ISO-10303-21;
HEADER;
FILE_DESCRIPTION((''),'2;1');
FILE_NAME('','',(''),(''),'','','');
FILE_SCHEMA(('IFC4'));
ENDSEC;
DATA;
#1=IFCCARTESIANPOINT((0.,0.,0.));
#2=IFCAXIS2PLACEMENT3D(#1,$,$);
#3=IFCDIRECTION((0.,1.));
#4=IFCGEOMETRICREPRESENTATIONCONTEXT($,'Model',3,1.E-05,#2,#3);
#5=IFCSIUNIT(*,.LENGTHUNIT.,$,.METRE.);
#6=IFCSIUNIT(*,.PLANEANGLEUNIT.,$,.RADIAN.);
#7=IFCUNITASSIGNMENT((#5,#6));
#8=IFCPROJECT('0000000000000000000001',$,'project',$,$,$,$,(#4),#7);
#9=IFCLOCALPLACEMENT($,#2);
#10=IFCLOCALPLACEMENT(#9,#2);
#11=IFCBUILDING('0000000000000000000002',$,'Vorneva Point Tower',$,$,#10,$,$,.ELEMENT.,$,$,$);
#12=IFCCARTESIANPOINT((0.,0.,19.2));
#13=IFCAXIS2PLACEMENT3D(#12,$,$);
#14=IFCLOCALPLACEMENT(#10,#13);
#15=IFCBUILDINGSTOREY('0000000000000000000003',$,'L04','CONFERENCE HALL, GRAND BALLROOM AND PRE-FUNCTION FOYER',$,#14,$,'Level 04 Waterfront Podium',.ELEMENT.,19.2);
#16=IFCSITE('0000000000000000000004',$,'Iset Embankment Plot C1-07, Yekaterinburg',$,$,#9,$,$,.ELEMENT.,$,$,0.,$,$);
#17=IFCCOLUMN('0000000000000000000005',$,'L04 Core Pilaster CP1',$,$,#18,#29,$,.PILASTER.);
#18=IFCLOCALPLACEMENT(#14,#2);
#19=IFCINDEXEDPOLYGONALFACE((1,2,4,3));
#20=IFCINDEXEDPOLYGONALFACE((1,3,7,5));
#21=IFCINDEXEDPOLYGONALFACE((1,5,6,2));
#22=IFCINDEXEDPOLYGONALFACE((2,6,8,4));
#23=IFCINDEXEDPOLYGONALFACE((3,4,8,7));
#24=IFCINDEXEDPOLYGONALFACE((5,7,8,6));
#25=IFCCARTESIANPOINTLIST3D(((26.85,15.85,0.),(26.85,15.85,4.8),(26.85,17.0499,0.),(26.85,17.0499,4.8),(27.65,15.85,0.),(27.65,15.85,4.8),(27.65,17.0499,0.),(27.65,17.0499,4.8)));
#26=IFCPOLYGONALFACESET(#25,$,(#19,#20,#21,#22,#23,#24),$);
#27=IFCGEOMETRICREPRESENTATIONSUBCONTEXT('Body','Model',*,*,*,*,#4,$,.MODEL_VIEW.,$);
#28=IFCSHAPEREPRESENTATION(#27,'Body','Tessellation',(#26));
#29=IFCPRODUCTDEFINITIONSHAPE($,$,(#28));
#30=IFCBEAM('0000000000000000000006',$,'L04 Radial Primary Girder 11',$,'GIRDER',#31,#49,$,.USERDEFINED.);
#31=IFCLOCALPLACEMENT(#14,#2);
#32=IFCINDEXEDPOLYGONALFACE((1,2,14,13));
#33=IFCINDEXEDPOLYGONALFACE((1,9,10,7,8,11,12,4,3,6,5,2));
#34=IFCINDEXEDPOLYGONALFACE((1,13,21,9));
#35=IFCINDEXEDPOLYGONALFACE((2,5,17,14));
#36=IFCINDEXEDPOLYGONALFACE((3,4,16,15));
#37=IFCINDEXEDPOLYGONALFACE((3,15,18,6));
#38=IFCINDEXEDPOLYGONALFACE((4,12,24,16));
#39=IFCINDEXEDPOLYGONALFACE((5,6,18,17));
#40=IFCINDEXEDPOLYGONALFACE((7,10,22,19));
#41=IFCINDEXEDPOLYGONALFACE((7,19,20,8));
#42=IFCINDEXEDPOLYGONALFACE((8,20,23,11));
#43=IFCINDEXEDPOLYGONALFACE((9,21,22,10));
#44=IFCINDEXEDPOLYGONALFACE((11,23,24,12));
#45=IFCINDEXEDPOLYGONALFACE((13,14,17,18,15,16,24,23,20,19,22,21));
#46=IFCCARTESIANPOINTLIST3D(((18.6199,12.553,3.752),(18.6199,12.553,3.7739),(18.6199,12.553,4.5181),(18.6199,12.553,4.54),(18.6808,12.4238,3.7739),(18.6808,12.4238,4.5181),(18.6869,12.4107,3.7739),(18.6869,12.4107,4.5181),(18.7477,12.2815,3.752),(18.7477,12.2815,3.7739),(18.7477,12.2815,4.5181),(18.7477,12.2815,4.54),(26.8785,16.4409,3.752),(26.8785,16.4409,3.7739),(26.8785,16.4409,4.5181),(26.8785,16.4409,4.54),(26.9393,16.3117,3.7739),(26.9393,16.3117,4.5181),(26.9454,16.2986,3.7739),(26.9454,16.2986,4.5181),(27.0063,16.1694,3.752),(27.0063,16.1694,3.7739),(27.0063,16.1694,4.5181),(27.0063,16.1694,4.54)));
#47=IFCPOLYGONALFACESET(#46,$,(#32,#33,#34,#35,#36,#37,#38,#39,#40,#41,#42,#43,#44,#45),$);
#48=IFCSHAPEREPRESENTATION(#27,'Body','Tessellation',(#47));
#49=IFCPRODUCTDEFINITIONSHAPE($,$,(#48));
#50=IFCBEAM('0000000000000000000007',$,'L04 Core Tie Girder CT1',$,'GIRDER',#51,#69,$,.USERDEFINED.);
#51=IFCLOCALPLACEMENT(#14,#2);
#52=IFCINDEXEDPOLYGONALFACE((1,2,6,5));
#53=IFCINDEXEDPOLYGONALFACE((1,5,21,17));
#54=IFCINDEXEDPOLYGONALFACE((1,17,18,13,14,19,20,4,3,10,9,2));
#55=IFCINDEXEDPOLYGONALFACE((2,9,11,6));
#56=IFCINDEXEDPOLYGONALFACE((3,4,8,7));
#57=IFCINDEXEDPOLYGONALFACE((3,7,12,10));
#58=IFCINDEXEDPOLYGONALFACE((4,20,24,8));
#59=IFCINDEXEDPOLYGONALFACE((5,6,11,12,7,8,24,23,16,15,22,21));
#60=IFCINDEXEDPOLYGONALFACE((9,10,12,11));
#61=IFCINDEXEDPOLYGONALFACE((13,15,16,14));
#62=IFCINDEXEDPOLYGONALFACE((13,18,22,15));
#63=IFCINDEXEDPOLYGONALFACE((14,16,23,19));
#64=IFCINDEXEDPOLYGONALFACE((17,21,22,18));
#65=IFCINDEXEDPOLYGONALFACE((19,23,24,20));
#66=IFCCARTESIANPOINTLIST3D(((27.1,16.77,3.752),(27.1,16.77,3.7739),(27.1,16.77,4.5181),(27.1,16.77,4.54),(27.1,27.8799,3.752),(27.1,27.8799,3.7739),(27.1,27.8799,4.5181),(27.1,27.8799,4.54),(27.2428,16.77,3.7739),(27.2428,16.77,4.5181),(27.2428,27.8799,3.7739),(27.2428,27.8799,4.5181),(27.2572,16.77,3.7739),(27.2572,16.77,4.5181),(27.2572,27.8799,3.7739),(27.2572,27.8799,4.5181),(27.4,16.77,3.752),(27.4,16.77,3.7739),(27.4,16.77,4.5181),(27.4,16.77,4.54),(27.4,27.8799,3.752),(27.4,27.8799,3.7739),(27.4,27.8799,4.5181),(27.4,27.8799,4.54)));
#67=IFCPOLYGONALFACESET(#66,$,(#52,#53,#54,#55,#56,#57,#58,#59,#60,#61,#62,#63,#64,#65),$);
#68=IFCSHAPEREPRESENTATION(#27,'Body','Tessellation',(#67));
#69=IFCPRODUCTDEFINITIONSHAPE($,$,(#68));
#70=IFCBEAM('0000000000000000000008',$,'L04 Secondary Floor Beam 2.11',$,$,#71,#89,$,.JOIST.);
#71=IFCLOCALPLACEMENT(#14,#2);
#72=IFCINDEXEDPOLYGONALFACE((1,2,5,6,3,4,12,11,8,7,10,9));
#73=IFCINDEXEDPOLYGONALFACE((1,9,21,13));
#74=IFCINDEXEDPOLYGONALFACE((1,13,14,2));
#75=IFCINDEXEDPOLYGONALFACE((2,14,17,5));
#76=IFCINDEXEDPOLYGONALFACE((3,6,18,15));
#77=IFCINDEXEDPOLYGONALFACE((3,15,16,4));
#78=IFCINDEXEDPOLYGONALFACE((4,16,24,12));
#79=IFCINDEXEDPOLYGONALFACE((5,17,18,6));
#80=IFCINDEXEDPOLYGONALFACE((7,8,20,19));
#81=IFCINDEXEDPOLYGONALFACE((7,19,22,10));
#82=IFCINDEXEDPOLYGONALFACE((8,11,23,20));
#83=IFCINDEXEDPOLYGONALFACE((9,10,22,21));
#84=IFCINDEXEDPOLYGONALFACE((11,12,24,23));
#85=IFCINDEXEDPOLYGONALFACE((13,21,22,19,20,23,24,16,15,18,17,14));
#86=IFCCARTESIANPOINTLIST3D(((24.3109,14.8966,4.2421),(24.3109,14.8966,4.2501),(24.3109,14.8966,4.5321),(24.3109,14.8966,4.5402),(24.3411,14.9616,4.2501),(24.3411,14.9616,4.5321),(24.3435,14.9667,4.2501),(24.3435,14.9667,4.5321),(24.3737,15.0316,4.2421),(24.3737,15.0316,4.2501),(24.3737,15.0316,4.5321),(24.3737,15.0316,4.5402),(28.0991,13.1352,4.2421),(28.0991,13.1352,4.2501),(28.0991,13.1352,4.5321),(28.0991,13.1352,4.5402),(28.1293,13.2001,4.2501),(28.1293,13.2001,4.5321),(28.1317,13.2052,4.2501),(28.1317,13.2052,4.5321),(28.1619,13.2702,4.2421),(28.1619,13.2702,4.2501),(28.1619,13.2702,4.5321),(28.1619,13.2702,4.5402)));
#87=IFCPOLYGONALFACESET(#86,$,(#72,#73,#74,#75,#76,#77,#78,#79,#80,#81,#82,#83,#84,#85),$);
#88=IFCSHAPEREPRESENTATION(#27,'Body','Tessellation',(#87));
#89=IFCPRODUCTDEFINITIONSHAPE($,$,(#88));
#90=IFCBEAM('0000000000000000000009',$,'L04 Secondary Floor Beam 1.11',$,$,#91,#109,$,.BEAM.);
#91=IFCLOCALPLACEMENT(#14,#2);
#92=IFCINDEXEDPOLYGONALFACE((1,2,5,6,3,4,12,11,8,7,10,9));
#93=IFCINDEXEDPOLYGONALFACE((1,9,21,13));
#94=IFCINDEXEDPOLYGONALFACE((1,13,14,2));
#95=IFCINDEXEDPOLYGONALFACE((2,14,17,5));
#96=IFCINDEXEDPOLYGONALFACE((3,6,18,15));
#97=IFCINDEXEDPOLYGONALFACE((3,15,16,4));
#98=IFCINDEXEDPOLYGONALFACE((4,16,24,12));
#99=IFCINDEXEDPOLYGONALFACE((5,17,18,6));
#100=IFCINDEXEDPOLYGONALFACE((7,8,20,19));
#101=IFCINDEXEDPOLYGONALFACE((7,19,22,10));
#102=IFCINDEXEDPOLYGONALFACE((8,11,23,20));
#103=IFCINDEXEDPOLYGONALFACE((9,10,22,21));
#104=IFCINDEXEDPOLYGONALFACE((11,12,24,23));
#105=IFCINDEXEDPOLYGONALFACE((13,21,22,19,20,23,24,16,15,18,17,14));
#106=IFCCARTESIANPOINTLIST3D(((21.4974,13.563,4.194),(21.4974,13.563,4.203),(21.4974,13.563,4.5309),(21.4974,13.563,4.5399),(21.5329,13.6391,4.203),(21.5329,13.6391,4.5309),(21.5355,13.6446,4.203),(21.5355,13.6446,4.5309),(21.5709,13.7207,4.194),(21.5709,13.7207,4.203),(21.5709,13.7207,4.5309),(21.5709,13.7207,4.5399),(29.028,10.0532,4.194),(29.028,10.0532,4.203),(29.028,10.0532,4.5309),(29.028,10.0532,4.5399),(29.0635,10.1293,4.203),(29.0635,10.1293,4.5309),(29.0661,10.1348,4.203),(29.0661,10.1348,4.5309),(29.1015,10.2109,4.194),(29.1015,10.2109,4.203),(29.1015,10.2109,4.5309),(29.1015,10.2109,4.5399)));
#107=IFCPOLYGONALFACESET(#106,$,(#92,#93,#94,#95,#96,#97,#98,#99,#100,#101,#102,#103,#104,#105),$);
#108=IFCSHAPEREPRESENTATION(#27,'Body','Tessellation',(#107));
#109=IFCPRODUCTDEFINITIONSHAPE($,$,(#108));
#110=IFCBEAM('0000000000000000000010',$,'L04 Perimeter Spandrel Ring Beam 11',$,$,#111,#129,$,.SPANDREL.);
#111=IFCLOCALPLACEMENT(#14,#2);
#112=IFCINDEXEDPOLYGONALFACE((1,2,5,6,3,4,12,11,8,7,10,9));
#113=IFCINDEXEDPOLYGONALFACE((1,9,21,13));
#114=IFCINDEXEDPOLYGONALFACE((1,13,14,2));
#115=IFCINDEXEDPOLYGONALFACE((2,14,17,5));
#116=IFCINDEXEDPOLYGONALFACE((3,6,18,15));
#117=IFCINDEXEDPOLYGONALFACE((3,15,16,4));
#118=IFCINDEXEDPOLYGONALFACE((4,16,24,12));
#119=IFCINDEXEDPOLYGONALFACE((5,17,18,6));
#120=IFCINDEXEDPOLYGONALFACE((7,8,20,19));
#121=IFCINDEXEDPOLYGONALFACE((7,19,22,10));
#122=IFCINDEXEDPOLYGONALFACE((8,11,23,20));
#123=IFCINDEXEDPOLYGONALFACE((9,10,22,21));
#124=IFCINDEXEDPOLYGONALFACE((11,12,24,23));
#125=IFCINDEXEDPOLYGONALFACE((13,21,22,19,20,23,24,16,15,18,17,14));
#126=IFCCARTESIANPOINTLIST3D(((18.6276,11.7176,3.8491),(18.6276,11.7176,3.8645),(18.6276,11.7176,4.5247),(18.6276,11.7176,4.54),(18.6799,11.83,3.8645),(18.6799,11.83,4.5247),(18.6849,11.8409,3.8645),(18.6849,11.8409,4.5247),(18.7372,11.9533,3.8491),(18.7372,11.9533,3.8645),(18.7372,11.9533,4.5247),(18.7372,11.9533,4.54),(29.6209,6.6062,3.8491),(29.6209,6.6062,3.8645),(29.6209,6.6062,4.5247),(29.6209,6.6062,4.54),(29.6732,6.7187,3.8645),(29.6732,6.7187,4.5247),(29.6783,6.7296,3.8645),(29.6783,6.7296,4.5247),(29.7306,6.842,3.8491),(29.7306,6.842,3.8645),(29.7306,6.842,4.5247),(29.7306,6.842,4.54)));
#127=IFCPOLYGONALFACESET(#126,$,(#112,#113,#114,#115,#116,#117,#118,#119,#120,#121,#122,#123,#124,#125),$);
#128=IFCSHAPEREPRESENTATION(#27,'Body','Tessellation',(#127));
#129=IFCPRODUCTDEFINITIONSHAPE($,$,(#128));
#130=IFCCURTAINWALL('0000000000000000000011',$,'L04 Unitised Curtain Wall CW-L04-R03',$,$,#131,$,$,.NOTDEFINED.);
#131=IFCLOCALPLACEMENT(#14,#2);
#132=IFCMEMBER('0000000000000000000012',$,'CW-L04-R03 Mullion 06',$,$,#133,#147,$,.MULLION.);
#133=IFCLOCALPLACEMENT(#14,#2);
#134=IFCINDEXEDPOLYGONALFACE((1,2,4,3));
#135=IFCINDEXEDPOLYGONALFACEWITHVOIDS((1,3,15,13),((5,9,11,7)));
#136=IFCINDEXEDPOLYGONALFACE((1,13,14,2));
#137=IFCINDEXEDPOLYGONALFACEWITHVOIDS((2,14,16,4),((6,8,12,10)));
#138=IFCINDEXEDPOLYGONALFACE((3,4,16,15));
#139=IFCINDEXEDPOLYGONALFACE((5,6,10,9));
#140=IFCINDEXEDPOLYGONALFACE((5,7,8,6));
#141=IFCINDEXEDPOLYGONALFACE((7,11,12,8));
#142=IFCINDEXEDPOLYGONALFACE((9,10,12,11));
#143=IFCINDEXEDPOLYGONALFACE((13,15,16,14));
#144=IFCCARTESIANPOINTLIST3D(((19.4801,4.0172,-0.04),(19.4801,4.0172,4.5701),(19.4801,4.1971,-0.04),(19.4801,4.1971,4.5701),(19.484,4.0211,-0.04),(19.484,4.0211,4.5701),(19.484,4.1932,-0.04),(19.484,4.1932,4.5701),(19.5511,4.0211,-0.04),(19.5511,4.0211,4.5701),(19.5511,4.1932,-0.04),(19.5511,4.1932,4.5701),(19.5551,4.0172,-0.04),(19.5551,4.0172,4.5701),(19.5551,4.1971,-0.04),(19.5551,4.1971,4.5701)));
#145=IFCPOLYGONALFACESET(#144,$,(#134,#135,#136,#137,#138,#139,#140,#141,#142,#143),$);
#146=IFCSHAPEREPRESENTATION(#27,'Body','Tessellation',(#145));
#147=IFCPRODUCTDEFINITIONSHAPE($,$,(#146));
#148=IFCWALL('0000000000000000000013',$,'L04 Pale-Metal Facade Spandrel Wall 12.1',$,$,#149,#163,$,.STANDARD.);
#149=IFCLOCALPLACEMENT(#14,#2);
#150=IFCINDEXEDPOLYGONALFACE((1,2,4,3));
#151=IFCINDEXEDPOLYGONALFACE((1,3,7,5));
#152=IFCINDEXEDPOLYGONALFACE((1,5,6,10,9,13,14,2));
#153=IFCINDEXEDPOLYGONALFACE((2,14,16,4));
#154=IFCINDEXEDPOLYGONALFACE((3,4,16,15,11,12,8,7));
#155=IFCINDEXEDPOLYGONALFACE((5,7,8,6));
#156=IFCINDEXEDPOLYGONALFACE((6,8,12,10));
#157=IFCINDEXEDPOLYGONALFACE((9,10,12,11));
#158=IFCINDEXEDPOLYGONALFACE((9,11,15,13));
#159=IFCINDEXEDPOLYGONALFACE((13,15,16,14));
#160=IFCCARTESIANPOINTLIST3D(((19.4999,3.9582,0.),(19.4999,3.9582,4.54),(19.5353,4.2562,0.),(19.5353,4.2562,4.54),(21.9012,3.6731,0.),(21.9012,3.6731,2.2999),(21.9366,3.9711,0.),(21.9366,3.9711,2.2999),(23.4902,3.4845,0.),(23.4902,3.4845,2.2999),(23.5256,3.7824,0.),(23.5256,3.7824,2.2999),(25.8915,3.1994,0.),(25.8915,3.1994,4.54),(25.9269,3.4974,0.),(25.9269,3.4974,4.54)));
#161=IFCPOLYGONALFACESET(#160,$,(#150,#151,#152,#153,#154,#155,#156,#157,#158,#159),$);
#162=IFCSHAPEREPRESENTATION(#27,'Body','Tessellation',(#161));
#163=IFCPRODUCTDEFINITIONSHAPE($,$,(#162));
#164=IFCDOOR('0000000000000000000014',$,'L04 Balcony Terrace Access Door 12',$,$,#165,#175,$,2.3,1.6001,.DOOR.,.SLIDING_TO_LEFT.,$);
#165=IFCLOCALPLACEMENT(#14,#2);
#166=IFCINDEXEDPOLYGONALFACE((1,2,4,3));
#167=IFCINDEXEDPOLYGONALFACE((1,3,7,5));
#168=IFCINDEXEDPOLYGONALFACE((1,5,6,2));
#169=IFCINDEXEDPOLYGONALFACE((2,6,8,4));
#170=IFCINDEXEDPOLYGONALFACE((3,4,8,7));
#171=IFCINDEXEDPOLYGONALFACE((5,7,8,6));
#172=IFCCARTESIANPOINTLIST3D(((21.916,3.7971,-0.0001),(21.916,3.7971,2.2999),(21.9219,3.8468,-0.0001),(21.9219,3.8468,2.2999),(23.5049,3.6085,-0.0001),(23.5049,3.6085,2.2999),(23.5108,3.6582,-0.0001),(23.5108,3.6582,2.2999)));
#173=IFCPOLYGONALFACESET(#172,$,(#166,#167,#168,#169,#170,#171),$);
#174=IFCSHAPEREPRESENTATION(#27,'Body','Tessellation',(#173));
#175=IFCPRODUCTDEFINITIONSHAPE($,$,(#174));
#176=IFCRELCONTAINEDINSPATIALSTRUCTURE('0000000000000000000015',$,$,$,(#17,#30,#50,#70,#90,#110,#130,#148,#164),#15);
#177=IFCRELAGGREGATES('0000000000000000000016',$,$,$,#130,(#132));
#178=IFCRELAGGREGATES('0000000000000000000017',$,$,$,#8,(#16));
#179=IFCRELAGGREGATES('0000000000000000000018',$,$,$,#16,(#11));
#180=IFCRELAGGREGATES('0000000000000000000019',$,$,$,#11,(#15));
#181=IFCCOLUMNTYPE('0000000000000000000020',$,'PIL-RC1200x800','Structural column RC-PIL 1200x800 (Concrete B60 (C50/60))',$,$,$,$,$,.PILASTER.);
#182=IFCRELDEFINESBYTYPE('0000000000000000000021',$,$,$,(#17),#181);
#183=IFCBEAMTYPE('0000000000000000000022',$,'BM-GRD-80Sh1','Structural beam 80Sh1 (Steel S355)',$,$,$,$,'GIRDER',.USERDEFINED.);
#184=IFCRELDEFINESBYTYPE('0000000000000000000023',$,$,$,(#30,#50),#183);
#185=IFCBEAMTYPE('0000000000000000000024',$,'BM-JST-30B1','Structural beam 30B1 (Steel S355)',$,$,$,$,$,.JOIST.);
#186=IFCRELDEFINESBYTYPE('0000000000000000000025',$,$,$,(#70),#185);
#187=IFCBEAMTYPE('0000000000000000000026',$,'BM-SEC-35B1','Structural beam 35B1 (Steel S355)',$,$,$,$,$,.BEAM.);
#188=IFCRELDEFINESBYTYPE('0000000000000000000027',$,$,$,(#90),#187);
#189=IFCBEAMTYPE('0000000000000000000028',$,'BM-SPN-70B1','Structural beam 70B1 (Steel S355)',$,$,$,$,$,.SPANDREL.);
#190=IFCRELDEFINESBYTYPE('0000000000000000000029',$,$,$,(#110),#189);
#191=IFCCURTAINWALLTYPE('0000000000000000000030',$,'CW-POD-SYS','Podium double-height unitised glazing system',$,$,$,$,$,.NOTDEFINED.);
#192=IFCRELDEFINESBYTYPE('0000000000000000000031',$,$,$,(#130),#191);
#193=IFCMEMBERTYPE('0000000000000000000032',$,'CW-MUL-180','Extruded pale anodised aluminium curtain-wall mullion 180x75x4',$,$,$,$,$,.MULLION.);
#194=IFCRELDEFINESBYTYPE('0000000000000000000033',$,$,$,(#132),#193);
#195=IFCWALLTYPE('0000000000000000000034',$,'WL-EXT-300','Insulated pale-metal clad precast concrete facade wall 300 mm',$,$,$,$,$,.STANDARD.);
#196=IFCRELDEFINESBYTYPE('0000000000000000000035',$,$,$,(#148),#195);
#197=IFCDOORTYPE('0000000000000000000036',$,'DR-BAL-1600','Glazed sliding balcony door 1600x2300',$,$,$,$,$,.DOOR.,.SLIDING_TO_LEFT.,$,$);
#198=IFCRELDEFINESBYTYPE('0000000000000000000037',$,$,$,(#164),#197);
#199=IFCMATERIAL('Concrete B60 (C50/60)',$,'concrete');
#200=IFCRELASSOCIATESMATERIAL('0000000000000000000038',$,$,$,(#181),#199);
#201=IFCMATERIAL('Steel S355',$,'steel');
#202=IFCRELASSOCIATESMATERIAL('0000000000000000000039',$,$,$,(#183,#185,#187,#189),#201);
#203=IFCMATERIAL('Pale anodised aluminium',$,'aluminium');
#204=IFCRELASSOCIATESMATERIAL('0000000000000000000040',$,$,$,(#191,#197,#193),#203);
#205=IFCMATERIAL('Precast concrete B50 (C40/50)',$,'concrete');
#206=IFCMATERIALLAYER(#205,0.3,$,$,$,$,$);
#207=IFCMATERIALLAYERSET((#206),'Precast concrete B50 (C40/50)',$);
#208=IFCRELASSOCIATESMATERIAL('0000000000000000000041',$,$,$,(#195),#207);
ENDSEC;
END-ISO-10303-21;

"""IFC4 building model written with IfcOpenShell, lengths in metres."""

from ifc_helpers import new_model, si_unit, direction, frame, frame_2d, origin, origin_2d, place, context, subcontext, project, spatial, rectangle, hollow_rectangle, i_section, extrude, material, layer, layer_set, material_profile, profile_set, type_object, element, fill, aggregate, save


model = new_model("IFC4")

# Units and contexts
model_context = context("Model", 3, precision=1e-05, world=origin(), true_north=direction((0.0, 1.0)))
body_context = subcontext(model_context, "Body", "Model", "MODEL_VIEW")
ifc_project = project(units=[si_unit("LENGTHUNIT", "METRE"), si_unit("PLANEANGLEUNIT", "RADIAN")], contexts=[model_context])

# Site, building, storey
site_placement = place(None, origin())
site = spatial("IfcSite", under=ifc_project, at=site_placement, Name="Iset Embankment Plot C1-07, Yekaterinburg", CompositionType="ELEMENT", RefElevation=0.0)
building_placement = place(site_placement, origin())
building = spatial("IfcBuilding", under=site, at=building_placement, Name="Vorneva Point Tower", CompositionType="ELEMENT")
storey_placement = place(building_placement, frame((0.0, 0.0, 19.2)))
storey = spatial("IfcBuildingStorey", under=building, at=storey_placement, Name="L04", Description="CONFERENCE HALL, GRAND BALLROOM AND PRE-FUNCTION FOYER", LongName="Level 04 Waterfront Podium", CompositionType="ELEMENT", Elevation=19.2)

# Column
ifc_material_1 = material(Name="Concrete B60 (C50/60)", Category="concrete")
ifc_material_profile_1 = material_profile(ifc_material_1, rectangle(XDim=0.8, YDim=1.2, at=origin_2d()), Name="RC-PIL 1200x800")
ifc_profile_set_1 = profile_set([ifc_material_profile_1], Name="Concrete B60 (C50/60)")
column_type_1 = type_object("IfcColumnType", Name="PIL-RC1200x800", Description="Structural column RC-PIL 1200x800 (Concrete B60 (C50/60))", PredefinedType="PILASTER", material=ifc_profile_set_1)
column_placement = place(storey_placement, frame((27.25, 16.45, 0.0), z_axis=(0.0, 0.0, 1.0), x_axis=(1.0, 0.0, 0.0)))
element("IfcColumn", 1, at=column_placement, inside=storey, type_object=column_type_1, Name="L04 Core Pilaster CP1", PredefinedType="PILASTER", context=body_context, shape_type="SweptSolid", body=[
    extrude(rectangle(XDim=0.8, YDim=1.2, at=origin_2d()), origin(), (0.0, 0.0, 1.0), 4.8),
])

# Beams
ifc_material_2 = material(Name="Steel S355", Category="steel")
ifc_material_profile_2 = material_profile(ifc_material_2, i_section(OverallWidth=0.3, OverallDepth=0.7881, WebThickness=0.0144, FlangeThickness=0.022, at=origin_2d()), Name="80Sh1")
ifc_profile_set_2 = profile_set([ifc_material_profile_2], Name="Steel S355")
beam_type_1 = type_object("IfcBeamType", Name="BM-GRD-80Sh1", Description="Structural beam 80Sh1 (Steel S355)", ElementType="GIRDER", PredefinedType="USERDEFINED", material=ifc_profile_set_2)
beam_1_placement = place(storey_placement, frame((18.6838, 12.4172, 4.146), z_axis=(0.904753, 0.425937, 0.0), x_axis=(-0.425937, 0.904753, 0.0)))
element("IfcBeam", 2, at=beam_1_placement, inside=storey, type_object=beam_type_1, Name="L04 Radial Primary Girder 11", ObjectType="GIRDER", PredefinedType="USERDEFINED", context=body_context, shape_type="SweptSolid", body=[
    extrude(i_section(OverallWidth=0.3, OverallDepth=0.7881, WebThickness=0.0144, FlangeThickness=0.022, at=origin_2d()), origin(), (0.0, 0.0, 1.0), 9.1279),
])
beam_2_placement = place(storey_placement, frame((27.25, 16.77, 4.146), z_axis=(0.0, 1.0, 0.0), x_axis=(-1.0, 0.0, 0.0)))
element("IfcBeam", 3, at=beam_2_placement, inside=storey, type_object=beam_type_1, Name="L04 Core Tie Girder CT1", ObjectType="GIRDER", PredefinedType="USERDEFINED", context=body_context, shape_type="SweptSolid", body=[
    extrude(i_section(OverallWidth=0.3, OverallDepth=0.7881, WebThickness=0.0144, FlangeThickness=0.022, at=origin_2d()), origin(), (0.0, 0.0, 1.0), 11.1099),
])
ifc_material_profile_3 = material_profile(ifc_material_2, i_section(OverallWidth=0.1489, OverallDepth=0.2981, WebThickness=0.0056, FlangeThickness=0.0081, at=origin_2d()), Name="30B1")
ifc_profile_set_3 = profile_set([ifc_material_profile_3], Name="Steel S355")
beam_type_2 = type_object("IfcBeamType", Name="BM-JST-30B1", Description="Structural beam 30B1 (Steel S355)", PredefinedType="JOIST", material=ifc_profile_set_3)
beam_3_placement = place(storey_placement, frame((24.3423, 14.9641, 4.3911), z_axis=(0.90677, -0.421625, 0.0), x_axis=(0.421625, 0.90677, 0.0)))
element("IfcBeam", 4, at=beam_3_placement, inside=storey, type_object=beam_type_2, Name="L04 Secondary Floor Beam 2.11", PredefinedType="JOIST", context=body_context, shape_type="SweptSolid", body=[
    extrude(i_section(OverallWidth=0.1489, OverallDepth=0.2981, WebThickness=0.0056, FlangeThickness=0.0081, at=origin_2d()), origin(), (0.0, 0.0, 1.0), 4.1777),
])
ifc_material_profile_4 = material_profile(ifc_material_2, i_section(OverallWidth=0.1741, OverallDepth=0.3459, WebThickness=0.0061, FlangeThickness=0.009, at=origin_2d()), Name="35B1")
ifc_profile_set_4 = profile_set([ifc_material_profile_4], Name="Steel S355")
beam_type_3 = type_object("IfcBeamType", Name="BM-SEC-35B1", Description="Structural beam 35B1 (Steel S355)", PredefinedType="BEAM", material=ifc_profile_set_4)
beam_4_placement = place(storey_placement, frame((21.5342, 13.6418, 4.3669), z_axis=(0.906389, -0.422443, 0.0), x_axis=(0.422443, 0.906389, 0.0)))
element("IfcBeam", 5, at=beam_4_placement, inside=storey, type_object=beam_type_3, Name="L04 Secondary Floor Beam 1.11", PredefinedType="BEAM", context=body_context, shape_type="SweptSolid", body=[
    extrude(i_section(OverallWidth=0.1741, OverallDepth=0.3459, WebThickness=0.0061, FlangeThickness=0.009, at=origin_2d()), origin(), (0.0, 0.0, 1.0), 8.3083),
])
ifc_material_profile_5 = material_profile(ifc_material_2, i_section(OverallWidth=0.26, OverallDepth=0.6909, WebThickness=0.012, FlangeThickness=0.0154, at=origin_2d()), Name="70B1")
ifc_profile_set_5 = profile_set([ifc_material_profile_5], Name="Steel S355")
beam_type_4 = type_object("IfcBeamType", Name="BM-SPN-70B1", Description="Structural beam 70B1 (Steel S355)", PredefinedType="SPANDREL", material=ifc_profile_set_5)
beam_5_placement = place(storey_placement, frame((18.6824, 11.8354, 4.1946), z_axis=(0.906781, -0.421603, 0.0), x_axis=(0.421603, 0.906781, 0.0)))
element("IfcBeam", 6, at=beam_5_placement, inside=storey, type_object=beam_type_4, Name="L04 Perimeter Spandrel Ring Beam 11", PredefinedType="SPANDREL", context=body_context, shape_type="SweptSolid", body=[
    extrude(i_section(OverallWidth=0.26, OverallDepth=0.6909, WebThickness=0.012, FlangeThickness=0.0154, at=origin_2d()), origin(), (0.0, 0.0, 1.0), 12.1235),
])

# Curtain wall, member
ifc_material_3 = material(Name="Pale anodised aluminium", Category="aluminium")
curtain_wall_type = type_object("IfcCurtainWallType", Name="CW-POD-SYS", Description="Podium double-height unitised glazing system", PredefinedType="NOTDEFINED", material=ifc_material_3)
curtain_wall_placement = place(storey_placement, origin())
curtain_wall = element("IfcCurtainWall", 7, at=curtain_wall_placement, inside=storey, type_object=curtain_wall_type, Name="L04 Unitised Curtain Wall CW-L04-R03", PredefinedType="NOTDEFINED")
ifc_material_profile_6 = material_profile(ifc_material_3, hollow_rectangle(XDim=0.075, YDim=0.1799, WallThickness=0.0039, at=origin_2d()), Name="AL-MUL 180x75x4")
ifc_profile_set_6 = profile_set([ifc_material_profile_6], Name="Pale anodised aluminium")
member_type = type_object("IfcMemberType", Name="CW-MUL-180", Description="Extruded pale anodised aluminium curtain-wall mullion 180x75x4", PredefinedType="MULLION", material=ifc_profile_set_6)
member_placement = place(storey_placement, frame((19.5176, 4.1072, -0.04), z_axis=(0.0, 0.0, 1.0), x_axis=(1.0, 0.0, 0.0)))
member = element("IfcMember", 8, at=member_placement, type_object=member_type, Name="CW-L04-R03 Mullion 06", PredefinedType="MULLION", context=body_context, shape_type="SweptSolid", body=[
    extrude(hollow_rectangle(XDim=0.075, YDim=0.1799, WallThickness=0.0039, at=origin_2d()), origin(), (0.0, 0.0, 1.0), 4.6101),
])
aggregate(curtain_wall, [member])

# Wall, opening, door
ifc_material_4 = material(Name="Precast concrete B50 (C40/50)", Category="concrete")
ifc_layer_1 = layer(ifc_material_4, 0.3)
ifc_layer_set_1 = layer_set([ifc_layer_1], Name="Precast concrete B50 (C40/50)")
wall_type_1 = type_object("IfcWallType", Name="WL-EXT-300", Description="Insulated pale-metal clad precast concrete facade wall 300 mm", PredefinedType="STANDARD", material=ifc_layer_set_1)
wall_1_placement = place(storey_placement, frame((19.5176, 4.1072, 0.0), z_axis=(0.0, 0.0, 1.0), x_axis=(0.993027, -0.117889, 0.0)))
wall_1 = element("IfcWall", 9, at=wall_1_placement, inside=storey, type_object=wall_type_1, Name="L04 Pale-Metal Facade Spandrel Wall 12.1", PredefinedType="STANDARD", context=body_context, shape_type="SweptSolid", body=[
    extrude(rectangle(XDim=6.4365, YDim=0.3, at=frame_2d((3.2183, 0.0))), origin(), (0.0, 0.0, 1.0), 4.54),
])
opening_1_placement = place(wall_1_placement, frame((2.4182, 0.0, 0.0)))
opening_1 = element("IfcOpeningElement", 10, at=opening_1_placement, cuts=wall_1, PredefinedType="OPENING", context=body_context, shape_type="SweptSolid", body=[
    extrude(rectangle(XDim=1.6001, YDim=2.3, at=frame_2d((0.8, 1.1499))), frame((0.0, 0.165, 0.0), z_axis=(0.0, -1.0, 0.0), x_axis=(1.0, 0.0, 0.0)), (0.0, 0.0, 1.0), 0.3298),
])
door_type_1 = type_object("IfcDoorType", Name="DR-BAL-1600", Description="Glazed sliding balcony door 1600x2300", OperationType="SLIDING_TO_LEFT", PredefinedType="DOOR", material=ifc_material_3)
door_1_placement = place(opening_1_placement, origin())
door_1 = element("IfcDoor", 11, at=door_1_placement, inside=storey, type_object=door_type_1, Name="L04 Balcony Terrace Access Door 12", OperationType="SLIDING_TO_LEFT", OverallHeight=2.3, OverallWidth=1.6001, PredefinedType="DOOR", context=body_context, shape_type="SweptSolid", body=[
    extrude(rectangle(XDim=1.6001, YDim=2.3, at=frame_2d((0.8, 1.1499))), frame((0.0, 0.0249, 0.0), z_axis=(0.0, -1.0, 0.0), x_axis=(1.0, 0.0, 0.0)), (0.0, 0.0, 1.0), 0.05),
])
fill(opening_1, door_1)

save(model, "model.ifc")
